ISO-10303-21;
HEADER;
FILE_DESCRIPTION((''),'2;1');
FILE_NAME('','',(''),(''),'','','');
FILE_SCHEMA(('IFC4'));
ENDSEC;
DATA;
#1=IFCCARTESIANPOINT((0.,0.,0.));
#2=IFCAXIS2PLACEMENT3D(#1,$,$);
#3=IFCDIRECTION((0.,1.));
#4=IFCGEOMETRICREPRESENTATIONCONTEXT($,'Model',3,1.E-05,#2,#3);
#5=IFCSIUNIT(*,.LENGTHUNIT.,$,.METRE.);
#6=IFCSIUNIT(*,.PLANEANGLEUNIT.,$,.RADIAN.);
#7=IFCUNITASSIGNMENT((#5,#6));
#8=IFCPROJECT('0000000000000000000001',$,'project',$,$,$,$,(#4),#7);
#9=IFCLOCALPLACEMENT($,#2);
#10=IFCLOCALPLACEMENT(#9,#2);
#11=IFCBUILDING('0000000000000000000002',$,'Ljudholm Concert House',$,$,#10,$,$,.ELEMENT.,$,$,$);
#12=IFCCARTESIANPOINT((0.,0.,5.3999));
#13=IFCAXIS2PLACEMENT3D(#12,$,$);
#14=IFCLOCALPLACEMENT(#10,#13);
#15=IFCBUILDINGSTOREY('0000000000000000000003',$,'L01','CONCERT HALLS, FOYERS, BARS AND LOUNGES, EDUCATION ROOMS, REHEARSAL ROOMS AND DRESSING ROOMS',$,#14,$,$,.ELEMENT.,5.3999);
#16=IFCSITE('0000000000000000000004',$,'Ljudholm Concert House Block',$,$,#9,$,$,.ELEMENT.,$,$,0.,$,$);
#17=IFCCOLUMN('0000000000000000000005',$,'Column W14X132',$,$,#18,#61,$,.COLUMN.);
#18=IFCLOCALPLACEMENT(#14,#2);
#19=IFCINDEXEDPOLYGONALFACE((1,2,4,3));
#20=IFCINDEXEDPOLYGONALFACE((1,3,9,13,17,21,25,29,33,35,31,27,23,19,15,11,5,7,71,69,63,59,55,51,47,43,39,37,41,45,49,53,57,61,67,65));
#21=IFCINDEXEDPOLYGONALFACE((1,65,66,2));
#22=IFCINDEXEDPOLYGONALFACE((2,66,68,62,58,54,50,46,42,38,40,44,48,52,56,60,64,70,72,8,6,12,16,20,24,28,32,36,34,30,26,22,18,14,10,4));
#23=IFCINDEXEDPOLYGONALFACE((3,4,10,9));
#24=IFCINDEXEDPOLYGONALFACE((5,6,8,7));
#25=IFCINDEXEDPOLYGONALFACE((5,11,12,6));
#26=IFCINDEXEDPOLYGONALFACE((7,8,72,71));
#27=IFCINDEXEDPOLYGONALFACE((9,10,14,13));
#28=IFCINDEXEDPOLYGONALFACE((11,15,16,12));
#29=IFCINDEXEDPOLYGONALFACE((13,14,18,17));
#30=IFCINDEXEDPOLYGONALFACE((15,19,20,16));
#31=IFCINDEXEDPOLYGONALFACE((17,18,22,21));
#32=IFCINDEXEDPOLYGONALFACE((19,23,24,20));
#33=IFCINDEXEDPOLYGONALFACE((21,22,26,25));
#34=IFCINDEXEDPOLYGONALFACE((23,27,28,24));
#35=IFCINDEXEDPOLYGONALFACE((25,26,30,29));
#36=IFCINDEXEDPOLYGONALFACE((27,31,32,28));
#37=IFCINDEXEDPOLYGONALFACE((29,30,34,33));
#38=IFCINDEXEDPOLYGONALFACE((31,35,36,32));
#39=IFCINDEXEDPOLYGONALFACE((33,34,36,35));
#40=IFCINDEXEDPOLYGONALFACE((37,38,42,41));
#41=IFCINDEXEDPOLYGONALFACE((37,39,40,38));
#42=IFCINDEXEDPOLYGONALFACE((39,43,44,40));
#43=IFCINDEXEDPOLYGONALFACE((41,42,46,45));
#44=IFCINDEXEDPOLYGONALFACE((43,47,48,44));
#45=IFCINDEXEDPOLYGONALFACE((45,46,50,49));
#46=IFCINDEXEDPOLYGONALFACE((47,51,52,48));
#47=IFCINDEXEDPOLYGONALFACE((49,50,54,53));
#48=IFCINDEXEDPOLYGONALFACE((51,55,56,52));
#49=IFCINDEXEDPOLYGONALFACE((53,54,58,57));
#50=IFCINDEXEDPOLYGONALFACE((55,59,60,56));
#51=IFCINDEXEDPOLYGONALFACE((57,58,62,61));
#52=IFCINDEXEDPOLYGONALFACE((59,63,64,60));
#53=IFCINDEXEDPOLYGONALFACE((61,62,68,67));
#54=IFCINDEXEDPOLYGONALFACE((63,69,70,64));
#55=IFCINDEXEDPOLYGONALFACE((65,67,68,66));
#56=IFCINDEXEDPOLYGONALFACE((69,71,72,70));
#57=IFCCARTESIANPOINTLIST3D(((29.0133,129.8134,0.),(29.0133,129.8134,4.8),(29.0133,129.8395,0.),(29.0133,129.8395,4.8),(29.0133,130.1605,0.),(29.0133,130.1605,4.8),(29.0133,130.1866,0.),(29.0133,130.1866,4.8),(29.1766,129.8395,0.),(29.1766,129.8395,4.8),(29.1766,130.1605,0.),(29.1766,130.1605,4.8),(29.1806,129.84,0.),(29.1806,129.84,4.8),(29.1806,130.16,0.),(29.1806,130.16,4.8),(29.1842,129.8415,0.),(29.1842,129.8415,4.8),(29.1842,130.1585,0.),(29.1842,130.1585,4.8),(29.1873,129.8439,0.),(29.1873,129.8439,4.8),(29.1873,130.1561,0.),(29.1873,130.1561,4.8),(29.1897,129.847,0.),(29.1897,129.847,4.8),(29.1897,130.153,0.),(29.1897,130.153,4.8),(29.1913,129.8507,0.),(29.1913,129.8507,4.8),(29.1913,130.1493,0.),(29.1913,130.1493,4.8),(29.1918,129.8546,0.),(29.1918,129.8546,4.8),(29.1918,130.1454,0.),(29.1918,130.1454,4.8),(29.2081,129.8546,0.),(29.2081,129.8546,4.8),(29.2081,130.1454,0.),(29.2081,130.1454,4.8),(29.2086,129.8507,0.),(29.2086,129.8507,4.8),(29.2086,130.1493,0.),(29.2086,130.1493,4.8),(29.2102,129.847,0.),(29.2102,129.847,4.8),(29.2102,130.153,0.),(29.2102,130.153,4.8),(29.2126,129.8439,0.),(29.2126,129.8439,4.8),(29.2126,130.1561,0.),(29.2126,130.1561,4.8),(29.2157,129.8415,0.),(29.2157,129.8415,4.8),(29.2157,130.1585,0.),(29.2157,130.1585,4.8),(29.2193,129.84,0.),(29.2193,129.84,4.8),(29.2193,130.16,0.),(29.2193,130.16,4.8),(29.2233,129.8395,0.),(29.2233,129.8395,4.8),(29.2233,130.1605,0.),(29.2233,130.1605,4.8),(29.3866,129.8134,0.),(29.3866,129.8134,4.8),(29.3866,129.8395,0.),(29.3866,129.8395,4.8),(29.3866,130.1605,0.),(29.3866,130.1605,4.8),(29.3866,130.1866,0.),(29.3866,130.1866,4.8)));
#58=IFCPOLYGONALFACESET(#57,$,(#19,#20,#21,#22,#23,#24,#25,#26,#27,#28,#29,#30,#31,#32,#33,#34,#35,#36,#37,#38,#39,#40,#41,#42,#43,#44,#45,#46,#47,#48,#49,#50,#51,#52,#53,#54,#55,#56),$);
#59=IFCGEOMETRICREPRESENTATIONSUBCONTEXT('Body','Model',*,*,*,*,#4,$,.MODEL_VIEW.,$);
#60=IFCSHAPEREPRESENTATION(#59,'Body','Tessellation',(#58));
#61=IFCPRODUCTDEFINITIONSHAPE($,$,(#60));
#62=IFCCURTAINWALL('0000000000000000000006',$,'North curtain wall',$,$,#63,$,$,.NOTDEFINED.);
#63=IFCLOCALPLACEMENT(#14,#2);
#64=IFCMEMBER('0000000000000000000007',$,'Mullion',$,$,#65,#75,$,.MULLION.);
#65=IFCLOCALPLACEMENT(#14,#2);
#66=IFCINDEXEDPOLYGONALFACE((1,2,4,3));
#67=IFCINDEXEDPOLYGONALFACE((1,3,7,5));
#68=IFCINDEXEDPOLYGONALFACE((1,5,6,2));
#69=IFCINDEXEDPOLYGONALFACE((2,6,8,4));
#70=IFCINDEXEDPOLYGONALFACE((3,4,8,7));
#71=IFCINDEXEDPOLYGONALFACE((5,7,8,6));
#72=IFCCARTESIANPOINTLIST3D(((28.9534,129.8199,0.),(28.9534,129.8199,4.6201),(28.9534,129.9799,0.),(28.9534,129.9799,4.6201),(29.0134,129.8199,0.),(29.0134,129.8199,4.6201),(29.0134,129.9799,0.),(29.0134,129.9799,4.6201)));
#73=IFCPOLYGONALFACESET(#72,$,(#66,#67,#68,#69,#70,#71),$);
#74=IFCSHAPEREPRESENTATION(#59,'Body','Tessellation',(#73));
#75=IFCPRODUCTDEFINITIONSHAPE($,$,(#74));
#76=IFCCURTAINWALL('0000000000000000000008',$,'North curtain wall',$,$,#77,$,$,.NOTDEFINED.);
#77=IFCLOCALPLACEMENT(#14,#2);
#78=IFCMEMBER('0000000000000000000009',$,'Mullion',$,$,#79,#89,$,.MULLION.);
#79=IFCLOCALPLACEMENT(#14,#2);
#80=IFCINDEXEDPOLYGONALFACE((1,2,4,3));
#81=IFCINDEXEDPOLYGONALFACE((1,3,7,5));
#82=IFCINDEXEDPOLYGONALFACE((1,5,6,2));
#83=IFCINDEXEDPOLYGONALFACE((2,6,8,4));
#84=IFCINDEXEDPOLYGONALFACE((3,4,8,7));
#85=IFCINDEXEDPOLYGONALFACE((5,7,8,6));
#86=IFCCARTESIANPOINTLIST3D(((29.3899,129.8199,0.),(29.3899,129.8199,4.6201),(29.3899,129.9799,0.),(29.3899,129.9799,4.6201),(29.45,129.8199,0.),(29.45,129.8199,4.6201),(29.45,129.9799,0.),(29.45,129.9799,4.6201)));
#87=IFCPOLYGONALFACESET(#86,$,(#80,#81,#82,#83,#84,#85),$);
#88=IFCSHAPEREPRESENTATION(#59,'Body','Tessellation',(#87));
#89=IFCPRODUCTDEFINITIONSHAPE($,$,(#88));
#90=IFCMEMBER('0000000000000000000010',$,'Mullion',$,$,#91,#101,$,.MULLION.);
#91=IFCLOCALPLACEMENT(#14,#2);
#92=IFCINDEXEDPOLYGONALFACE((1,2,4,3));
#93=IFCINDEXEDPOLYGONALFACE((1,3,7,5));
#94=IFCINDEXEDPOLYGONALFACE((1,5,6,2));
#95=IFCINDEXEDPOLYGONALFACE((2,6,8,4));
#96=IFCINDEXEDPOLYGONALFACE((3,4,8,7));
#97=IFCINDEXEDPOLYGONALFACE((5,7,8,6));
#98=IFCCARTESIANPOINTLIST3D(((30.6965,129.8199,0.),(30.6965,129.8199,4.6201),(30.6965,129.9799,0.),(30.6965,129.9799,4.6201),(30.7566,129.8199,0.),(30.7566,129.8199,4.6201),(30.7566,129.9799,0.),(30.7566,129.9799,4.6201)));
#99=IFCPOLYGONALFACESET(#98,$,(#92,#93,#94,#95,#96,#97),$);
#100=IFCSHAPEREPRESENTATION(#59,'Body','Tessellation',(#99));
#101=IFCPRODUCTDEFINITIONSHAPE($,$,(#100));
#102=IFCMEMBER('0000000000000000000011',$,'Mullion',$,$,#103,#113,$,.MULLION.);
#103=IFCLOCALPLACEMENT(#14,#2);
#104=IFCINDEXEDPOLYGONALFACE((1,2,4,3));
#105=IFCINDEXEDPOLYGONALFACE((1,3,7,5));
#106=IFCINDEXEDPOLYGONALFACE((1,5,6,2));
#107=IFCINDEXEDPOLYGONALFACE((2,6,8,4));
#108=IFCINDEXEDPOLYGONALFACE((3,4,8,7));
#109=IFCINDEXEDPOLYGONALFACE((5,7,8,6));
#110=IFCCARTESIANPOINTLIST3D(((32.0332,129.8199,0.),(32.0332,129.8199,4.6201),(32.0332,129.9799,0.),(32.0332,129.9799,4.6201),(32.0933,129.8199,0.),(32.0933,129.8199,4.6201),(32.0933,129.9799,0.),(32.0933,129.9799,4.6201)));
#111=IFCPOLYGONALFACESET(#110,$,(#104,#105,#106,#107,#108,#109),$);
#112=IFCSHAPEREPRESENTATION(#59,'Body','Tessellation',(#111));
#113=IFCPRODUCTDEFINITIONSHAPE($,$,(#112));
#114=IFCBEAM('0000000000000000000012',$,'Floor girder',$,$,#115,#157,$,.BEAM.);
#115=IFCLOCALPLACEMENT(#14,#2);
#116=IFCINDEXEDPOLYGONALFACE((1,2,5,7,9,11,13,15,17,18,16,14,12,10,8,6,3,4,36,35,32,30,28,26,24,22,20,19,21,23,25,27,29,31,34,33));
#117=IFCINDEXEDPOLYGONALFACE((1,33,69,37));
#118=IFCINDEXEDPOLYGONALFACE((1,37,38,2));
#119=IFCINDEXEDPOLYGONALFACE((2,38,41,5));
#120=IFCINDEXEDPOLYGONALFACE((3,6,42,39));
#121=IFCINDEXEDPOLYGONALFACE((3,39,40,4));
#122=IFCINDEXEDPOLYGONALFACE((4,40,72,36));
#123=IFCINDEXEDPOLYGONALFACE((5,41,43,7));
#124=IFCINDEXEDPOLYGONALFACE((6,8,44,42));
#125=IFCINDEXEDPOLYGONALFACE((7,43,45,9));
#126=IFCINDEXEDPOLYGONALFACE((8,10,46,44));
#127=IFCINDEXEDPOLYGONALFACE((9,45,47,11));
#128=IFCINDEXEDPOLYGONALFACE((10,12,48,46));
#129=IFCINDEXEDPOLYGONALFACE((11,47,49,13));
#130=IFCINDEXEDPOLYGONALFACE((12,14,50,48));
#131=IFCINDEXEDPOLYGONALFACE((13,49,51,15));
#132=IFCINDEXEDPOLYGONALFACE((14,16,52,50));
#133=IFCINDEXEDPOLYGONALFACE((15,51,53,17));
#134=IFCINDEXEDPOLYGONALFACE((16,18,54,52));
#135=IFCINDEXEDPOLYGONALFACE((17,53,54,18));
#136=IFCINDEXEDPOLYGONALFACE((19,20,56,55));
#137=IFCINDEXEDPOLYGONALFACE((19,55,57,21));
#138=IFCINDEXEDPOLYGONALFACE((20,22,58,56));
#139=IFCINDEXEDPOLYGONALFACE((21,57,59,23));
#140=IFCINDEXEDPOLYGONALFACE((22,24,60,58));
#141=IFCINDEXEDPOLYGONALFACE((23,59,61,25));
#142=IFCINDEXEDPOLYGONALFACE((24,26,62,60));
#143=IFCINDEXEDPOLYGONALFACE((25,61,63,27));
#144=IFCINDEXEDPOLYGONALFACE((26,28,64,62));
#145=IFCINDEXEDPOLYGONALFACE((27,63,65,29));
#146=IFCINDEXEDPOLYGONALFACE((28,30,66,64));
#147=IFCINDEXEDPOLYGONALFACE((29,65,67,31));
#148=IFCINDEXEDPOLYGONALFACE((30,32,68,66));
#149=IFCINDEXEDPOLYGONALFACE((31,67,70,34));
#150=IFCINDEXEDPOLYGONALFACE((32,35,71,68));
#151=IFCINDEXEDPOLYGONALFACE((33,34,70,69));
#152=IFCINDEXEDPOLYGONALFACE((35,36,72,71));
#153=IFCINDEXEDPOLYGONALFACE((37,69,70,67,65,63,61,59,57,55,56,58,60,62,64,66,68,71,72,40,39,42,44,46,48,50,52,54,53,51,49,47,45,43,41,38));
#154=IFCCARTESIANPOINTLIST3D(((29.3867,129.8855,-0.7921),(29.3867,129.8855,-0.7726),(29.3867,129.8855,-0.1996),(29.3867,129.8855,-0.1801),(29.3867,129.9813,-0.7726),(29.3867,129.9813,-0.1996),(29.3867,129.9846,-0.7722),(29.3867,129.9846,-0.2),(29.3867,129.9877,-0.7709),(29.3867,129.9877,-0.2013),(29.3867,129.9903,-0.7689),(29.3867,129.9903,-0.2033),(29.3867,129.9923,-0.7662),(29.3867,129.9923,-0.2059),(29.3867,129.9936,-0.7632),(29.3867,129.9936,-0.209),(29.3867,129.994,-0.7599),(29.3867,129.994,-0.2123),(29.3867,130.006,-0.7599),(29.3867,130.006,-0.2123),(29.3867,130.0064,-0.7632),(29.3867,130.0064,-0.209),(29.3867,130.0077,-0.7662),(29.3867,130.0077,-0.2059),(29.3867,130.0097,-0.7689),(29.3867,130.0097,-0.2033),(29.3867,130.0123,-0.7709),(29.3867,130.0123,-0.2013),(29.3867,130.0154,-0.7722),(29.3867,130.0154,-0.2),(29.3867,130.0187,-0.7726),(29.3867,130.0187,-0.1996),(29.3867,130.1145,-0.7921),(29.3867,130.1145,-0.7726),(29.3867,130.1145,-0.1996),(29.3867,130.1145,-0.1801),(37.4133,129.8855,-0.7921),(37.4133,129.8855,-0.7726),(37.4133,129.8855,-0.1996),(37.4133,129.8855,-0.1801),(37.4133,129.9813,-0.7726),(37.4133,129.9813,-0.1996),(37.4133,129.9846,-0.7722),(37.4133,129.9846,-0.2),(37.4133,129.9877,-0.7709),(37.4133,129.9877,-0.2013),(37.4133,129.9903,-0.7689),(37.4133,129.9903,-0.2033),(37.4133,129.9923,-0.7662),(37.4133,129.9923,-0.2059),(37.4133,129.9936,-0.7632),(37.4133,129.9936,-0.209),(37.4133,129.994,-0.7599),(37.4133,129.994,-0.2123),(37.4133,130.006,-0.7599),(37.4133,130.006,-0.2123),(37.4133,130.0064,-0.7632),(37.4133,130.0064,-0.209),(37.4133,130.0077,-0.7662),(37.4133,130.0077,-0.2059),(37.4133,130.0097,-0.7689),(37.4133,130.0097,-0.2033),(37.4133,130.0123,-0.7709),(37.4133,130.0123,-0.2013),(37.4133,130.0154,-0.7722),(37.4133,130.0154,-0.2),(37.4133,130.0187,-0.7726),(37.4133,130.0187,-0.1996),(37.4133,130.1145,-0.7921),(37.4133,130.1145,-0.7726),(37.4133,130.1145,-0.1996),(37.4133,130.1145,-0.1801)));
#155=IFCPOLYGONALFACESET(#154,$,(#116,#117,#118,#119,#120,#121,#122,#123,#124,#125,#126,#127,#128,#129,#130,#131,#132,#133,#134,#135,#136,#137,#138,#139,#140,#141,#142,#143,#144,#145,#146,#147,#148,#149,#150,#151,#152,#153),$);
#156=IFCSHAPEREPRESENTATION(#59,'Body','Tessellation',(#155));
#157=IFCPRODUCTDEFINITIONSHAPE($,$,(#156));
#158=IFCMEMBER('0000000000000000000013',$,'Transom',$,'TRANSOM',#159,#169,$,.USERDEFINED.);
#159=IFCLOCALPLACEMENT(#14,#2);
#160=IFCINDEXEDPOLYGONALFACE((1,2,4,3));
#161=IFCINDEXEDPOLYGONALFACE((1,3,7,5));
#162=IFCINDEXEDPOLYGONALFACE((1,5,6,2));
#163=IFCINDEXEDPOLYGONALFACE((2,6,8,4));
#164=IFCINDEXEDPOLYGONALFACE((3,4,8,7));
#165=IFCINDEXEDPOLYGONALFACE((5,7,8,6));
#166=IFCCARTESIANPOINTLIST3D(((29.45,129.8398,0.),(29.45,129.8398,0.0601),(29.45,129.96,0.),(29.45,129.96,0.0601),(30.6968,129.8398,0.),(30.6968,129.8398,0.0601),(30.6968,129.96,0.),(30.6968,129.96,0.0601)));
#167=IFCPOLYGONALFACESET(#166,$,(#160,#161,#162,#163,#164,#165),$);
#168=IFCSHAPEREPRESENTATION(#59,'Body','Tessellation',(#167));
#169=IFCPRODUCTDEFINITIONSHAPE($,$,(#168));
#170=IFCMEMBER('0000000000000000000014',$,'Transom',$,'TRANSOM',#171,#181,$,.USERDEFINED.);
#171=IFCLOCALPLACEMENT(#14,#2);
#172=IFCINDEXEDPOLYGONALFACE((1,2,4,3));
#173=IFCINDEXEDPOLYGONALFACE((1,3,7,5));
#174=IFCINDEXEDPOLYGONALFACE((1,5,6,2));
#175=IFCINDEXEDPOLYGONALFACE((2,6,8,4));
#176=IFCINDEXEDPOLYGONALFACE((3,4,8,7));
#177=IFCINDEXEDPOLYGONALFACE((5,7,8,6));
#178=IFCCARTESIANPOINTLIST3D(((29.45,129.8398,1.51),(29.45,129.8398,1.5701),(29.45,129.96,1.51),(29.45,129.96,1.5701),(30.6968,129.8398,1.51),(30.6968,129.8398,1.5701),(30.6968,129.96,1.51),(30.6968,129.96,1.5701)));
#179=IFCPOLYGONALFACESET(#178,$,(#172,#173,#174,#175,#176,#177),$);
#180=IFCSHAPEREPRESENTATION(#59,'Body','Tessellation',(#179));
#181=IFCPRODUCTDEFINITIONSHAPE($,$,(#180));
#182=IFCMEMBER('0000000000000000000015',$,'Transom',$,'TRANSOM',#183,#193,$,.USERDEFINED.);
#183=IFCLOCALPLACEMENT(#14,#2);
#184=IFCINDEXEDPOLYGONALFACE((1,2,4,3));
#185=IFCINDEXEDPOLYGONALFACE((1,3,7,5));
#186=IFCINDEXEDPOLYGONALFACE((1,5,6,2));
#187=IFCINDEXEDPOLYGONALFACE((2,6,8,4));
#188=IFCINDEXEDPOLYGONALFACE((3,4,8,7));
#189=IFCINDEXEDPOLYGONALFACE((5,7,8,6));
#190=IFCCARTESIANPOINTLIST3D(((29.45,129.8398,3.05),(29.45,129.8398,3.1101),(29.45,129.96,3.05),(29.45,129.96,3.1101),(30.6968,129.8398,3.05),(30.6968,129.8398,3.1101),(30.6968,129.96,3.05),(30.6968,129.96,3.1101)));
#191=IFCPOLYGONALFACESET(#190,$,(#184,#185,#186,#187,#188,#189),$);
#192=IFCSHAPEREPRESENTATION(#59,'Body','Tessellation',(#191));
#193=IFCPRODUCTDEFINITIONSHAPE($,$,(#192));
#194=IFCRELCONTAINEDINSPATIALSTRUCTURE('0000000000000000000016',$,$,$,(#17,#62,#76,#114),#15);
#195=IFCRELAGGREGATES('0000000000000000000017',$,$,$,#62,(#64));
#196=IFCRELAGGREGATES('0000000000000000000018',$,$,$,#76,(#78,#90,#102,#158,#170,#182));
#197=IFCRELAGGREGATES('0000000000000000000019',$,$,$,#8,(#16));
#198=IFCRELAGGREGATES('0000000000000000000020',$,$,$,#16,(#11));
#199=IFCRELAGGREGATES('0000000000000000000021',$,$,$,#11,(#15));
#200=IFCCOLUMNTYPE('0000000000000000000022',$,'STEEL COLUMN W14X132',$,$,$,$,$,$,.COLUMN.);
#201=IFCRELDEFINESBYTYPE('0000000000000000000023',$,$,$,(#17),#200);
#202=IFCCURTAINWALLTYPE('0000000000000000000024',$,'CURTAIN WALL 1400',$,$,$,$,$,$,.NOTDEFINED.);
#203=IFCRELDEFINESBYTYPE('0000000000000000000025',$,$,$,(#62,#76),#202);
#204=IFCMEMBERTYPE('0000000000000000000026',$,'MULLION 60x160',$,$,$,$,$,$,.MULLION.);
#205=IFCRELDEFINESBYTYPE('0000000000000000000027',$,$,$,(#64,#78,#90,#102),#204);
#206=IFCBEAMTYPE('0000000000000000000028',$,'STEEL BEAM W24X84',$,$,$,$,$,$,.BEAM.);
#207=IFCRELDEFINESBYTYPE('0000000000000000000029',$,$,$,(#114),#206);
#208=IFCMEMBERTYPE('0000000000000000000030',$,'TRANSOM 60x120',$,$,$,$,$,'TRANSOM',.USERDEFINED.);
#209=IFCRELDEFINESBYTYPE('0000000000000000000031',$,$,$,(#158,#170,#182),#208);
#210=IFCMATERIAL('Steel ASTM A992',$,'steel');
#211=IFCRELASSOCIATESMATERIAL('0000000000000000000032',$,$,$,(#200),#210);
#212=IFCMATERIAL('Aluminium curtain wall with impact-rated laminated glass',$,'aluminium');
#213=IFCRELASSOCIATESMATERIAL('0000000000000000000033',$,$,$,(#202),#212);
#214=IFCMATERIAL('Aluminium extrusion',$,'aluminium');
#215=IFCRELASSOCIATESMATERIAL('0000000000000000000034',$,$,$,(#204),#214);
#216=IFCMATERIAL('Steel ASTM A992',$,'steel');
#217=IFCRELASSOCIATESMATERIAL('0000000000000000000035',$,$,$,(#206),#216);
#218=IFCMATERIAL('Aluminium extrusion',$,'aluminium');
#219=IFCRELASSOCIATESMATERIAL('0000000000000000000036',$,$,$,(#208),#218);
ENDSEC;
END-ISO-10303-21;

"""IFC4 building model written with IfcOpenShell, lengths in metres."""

from ifc_helpers import new_model, si_unit, direction, frame, origin, origin_2d, place, context, subcontext, project, spatial, rectangle, i_section, extrude, material, material_profile, profile_set, type_object, element, aggregate, save


model = new_model("IFC4")

# Units and contexts
model_context = context("Model", 3, precision=1e-05, world=origin(), true_north=direction((0.0, 1.0)))
body_context = subcontext(model_context, "Body", "Model", "MODEL_VIEW")
ifc_project = project(units=[si_unit("LENGTHUNIT", "METRE"), si_unit("PLANEANGLEUNIT", "RADIAN")], contexts=[model_context])

# Site, building, storey
site_placement = place(None, origin())
site = spatial("IfcSite", under=ifc_project, at=site_placement, Name="Ljudholm Concert House Block", CompositionType="ELEMENT", RefElevation=0.0)
building_placement = place(site_placement, origin())
building = spatial("IfcBuilding", under=site, at=building_placement, Name="Ljudholm Concert House", CompositionType="ELEMENT")
storey_placement = place(building_placement, frame((0.0, 0.0, 5.3999)))
storey = spatial("IfcBuildingStorey", under=building, at=storey_placement, Name="L01", Description="CONCERT HALLS, FOYERS, BARS AND LOUNGES, EDUCATION ROOMS, REHEARSAL ROOMS AND DRESSING ROOMS", CompositionType="ELEMENT", Elevation=5.3999)

# Column
ifc_material_1 = material(Name="Steel ASTM A992", Category="steel")
ifc_material_profile_1 = material_profile(ifc_material_1, i_section(OverallWidth=0.3733, OverallDepth=0.3733, WebThickness=0.0164, FlangeThickness=0.0261, FilletRadius=0.0151, at=origin_2d()), Name="W14X132")
ifc_profile_set_1 = profile_set([ifc_material_profile_1], Name="Steel ASTM A992")
column_type = type_object("IfcColumnType", Name="STEEL COLUMN W14X132", PredefinedType="COLUMN", material=ifc_profile_set_1)
column_placement = place(storey_placement, frame((29.2, 130.0, 0.0), z_axis=(0.0, 0.0, 1.0), x_axis=(1.0, 0.0, 0.0)))
element("IfcColumn", 1, at=column_placement, inside=storey, type_object=column_type, Name="Column W14X132", PredefinedType="COLUMN", context=body_context, shape_type="SweptSolid", body=[
    extrude(i_section(OverallWidth=0.3733, OverallDepth=0.3733, WebThickness=0.0164, FlangeThickness=0.0261, FilletRadius=0.0151, at=origin_2d()), origin(), (0.0, 0.0, 1.0), 4.8),
])

# Curtain wall, member
ifc_material_2 = material(Name="Aluminium curtain wall with impact-rated laminated glass", Category="aluminium")
curtain_wall_type = type_object("IfcCurtainWallType", Name="CURTAIN WALL 1400", PredefinedType="NOTDEFINED", material=ifc_material_2)
curtain_wall_1_placement = place(storey_placement, origin())
curtain_wall_1 = element("IfcCurtainWall", 2, at=curtain_wall_1_placement, inside=storey, type_object=curtain_wall_type, Name="North curtain wall", PredefinedType="NOTDEFINED")
ifc_material_3 = material(Name="Aluminium extrusion", Category="aluminium")
ifc_material_profile_2 = material_profile(ifc_material_3, rectangle(XDim=0.1599, YDim=0.0601, at=origin_2d()), Name="MULLION 60x160")
ifc_profile_set_2 = profile_set([ifc_material_profile_2], Name="Aluminium extrusion")
member_type_1 = type_object("IfcMemberType", Name="MULLION 60x160", PredefinedType="MULLION", material=ifc_profile_set_2)
member_1_placement = place(storey_placement, frame((28.9834, 129.8999, 0.0), z_axis=(0.0, 0.0, 1.0), x_axis=(0.0, 1.0, 0.0)))
member_1 = element("IfcMember", 3, at=member_1_placement, type_object=member_type_1, Name="Mullion", PredefinedType="MULLION", context=body_context, shape_type="SweptSolid", body=[
    extrude(rectangle(XDim=0.1599, YDim=0.0601, at=origin_2d()), origin(), (0.0, 0.0, 1.0), 4.6201),
])
aggregate(curtain_wall_1, [member_1])

# Curtain wall, members
curtain_wall_2_placement = place(storey_placement, origin())
curtain_wall_2 = element("IfcCurtainWall", 4, at=curtain_wall_2_placement, inside=storey, type_object=curtain_wall_type, Name="North curtain wall", PredefinedType="NOTDEFINED")
member_2_placement = place(storey_placement, frame((29.4199, 129.8999, 0.0), z_axis=(0.0, 0.0, 1.0), x_axis=(0.0, 1.0, 0.0)))
member_2 = element("IfcMember", 5, at=member_2_placement, type_object=member_type_1, Name="Mullion", PredefinedType="MULLION", context=body_context, shape_type="SweptSolid", body=[
    extrude(rectangle(XDim=0.1599, YDim=0.0601, at=origin_2d()), origin(), (0.0, 0.0, 1.0), 4.6201),
])
member_3_placement = place(storey_placement, frame((30.7266, 129.8999, 0.0), z_axis=(0.0, 0.0, 1.0), x_axis=(0.0, 1.0, 0.0)))
member_3 = element("IfcMember", 6, at=member_3_placement, type_object=member_type_1, Name="Mullion", PredefinedType="MULLION", context=body_context, shape_type="SweptSolid", body=[
    extrude(rectangle(XDim=0.1599, YDim=0.0601, at=origin_2d()), origin(), (0.0, 0.0, 1.0), 4.6201),
])
member_4_placement = place(storey_placement, frame((32.0632, 129.8999, 0.0), z_axis=(0.0, 0.0, 1.0), x_axis=(0.0, 1.0, 0.0)))
member_4 = element("IfcMember", 7, at=member_4_placement, type_object=member_type_1, Name="Mullion", PredefinedType="MULLION", context=body_context, shape_type="SweptSolid", body=[
    extrude(rectangle(XDim=0.1599, YDim=0.0601, at=origin_2d()), origin(), (0.0, 0.0, 1.0), 4.6201),
])

# Beam
ifc_material_4 = material(Name="Steel ASTM A992", Category="steel")
ifc_material_profile_3 = material_profile(ifc_material_4, i_section(OverallWidth=0.229, OverallDepth=0.6121, WebThickness=0.012, FlangeThickness=0.0195, FilletRadius=0.0127, at=origin_2d()), Name="W24X84")
ifc_profile_set_3 = profile_set([ifc_material_profile_3], Name="Steel ASTM A992")
beam_type = type_object("IfcBeamType", Name="STEEL BEAM W24X84", PredefinedType="BEAM", material=ifc_profile_set_3)
beam_placement = place(storey_placement, frame((29.3867, 130.0, -0.4861), z_axis=(1.0, 0.0, 0.0), x_axis=(0.0, 1.0, 0.0)))
element("IfcBeam", 8, at=beam_placement, inside=storey, type_object=beam_type, Name="Floor girder", PredefinedType="BEAM", context=body_context, shape_type="SweptSolid", body=[
    extrude(i_section(OverallWidth=0.229, OverallDepth=0.6121, WebThickness=0.012, FlangeThickness=0.0195, FilletRadius=0.0127, at=origin_2d()), origin(), (0.0, 0.0, 1.0), 8.0266),
])

# Members
ifc_material_5 = material(Name="Aluminium extrusion", Category="aluminium")
ifc_material_profile_4 = material_profile(ifc_material_5, rectangle(XDim=0.1201, YDim=0.0601, at=origin_2d()), Name="TRANSOM 60x120")
ifc_profile_set_4 = profile_set([ifc_material_profile_4], Name="Aluminium extrusion")
member_type_2 = type_object("IfcMemberType", Name="TRANSOM 60x120", ElementType="TRANSOM", PredefinedType="USERDEFINED", material=ifc_profile_set_4)
member_5_placement = place(storey_placement, frame((29.45, 129.8999, 0.03), z_axis=(1.0, 0.0, 0.0), x_axis=(0.0, 1.0, 0.0)))
member_5 = element("IfcMember", 9, at=member_5_placement, type_object=member_type_2, Name="Transom", ObjectType="TRANSOM", PredefinedType="USERDEFINED", context=body_context, shape_type="SweptSolid", body=[
    extrude(rectangle(XDim=0.1201, YDim=0.0601, at=origin_2d()), origin(), (0.0, 0.0, 1.0), 1.2468),
])
member_6_placement = place(storey_placement, frame((29.45, 129.8999, 1.54), z_axis=(1.0, 0.0, 0.0), x_axis=(0.0, 1.0, 0.0)))
member_6 = element("IfcMember", 10, at=member_6_placement, type_object=member_type_2, Name="Transom", ObjectType="TRANSOM", PredefinedType="USERDEFINED", context=body_context, shape_type="SweptSolid", body=[
    extrude(rectangle(XDim=0.1201, YDim=0.0601, at=origin_2d()), origin(), (0.0, 0.0, 1.0), 1.2468),
])
member_7_placement = place(storey_placement, frame((29.45, 129.8999, 3.0801), z_axis=(1.0, 0.0, 0.0), x_axis=(0.0, 1.0, 0.0)))
member_7 = element("IfcMember", 11, at=member_7_placement, type_object=member_type_2, Name="Transom", ObjectType="TRANSOM", PredefinedType="USERDEFINED", context=body_context, shape_type="SweptSolid", body=[
    extrude(rectangle(XDim=0.1201, YDim=0.0601, at=origin_2d()), origin(), (0.0, 0.0, 1.0), 1.2468),
])

aggregate(curtain_wall_2, [member_2, member_3, member_4, member_5, member_6, member_7])

save(model, "model.ifc")
